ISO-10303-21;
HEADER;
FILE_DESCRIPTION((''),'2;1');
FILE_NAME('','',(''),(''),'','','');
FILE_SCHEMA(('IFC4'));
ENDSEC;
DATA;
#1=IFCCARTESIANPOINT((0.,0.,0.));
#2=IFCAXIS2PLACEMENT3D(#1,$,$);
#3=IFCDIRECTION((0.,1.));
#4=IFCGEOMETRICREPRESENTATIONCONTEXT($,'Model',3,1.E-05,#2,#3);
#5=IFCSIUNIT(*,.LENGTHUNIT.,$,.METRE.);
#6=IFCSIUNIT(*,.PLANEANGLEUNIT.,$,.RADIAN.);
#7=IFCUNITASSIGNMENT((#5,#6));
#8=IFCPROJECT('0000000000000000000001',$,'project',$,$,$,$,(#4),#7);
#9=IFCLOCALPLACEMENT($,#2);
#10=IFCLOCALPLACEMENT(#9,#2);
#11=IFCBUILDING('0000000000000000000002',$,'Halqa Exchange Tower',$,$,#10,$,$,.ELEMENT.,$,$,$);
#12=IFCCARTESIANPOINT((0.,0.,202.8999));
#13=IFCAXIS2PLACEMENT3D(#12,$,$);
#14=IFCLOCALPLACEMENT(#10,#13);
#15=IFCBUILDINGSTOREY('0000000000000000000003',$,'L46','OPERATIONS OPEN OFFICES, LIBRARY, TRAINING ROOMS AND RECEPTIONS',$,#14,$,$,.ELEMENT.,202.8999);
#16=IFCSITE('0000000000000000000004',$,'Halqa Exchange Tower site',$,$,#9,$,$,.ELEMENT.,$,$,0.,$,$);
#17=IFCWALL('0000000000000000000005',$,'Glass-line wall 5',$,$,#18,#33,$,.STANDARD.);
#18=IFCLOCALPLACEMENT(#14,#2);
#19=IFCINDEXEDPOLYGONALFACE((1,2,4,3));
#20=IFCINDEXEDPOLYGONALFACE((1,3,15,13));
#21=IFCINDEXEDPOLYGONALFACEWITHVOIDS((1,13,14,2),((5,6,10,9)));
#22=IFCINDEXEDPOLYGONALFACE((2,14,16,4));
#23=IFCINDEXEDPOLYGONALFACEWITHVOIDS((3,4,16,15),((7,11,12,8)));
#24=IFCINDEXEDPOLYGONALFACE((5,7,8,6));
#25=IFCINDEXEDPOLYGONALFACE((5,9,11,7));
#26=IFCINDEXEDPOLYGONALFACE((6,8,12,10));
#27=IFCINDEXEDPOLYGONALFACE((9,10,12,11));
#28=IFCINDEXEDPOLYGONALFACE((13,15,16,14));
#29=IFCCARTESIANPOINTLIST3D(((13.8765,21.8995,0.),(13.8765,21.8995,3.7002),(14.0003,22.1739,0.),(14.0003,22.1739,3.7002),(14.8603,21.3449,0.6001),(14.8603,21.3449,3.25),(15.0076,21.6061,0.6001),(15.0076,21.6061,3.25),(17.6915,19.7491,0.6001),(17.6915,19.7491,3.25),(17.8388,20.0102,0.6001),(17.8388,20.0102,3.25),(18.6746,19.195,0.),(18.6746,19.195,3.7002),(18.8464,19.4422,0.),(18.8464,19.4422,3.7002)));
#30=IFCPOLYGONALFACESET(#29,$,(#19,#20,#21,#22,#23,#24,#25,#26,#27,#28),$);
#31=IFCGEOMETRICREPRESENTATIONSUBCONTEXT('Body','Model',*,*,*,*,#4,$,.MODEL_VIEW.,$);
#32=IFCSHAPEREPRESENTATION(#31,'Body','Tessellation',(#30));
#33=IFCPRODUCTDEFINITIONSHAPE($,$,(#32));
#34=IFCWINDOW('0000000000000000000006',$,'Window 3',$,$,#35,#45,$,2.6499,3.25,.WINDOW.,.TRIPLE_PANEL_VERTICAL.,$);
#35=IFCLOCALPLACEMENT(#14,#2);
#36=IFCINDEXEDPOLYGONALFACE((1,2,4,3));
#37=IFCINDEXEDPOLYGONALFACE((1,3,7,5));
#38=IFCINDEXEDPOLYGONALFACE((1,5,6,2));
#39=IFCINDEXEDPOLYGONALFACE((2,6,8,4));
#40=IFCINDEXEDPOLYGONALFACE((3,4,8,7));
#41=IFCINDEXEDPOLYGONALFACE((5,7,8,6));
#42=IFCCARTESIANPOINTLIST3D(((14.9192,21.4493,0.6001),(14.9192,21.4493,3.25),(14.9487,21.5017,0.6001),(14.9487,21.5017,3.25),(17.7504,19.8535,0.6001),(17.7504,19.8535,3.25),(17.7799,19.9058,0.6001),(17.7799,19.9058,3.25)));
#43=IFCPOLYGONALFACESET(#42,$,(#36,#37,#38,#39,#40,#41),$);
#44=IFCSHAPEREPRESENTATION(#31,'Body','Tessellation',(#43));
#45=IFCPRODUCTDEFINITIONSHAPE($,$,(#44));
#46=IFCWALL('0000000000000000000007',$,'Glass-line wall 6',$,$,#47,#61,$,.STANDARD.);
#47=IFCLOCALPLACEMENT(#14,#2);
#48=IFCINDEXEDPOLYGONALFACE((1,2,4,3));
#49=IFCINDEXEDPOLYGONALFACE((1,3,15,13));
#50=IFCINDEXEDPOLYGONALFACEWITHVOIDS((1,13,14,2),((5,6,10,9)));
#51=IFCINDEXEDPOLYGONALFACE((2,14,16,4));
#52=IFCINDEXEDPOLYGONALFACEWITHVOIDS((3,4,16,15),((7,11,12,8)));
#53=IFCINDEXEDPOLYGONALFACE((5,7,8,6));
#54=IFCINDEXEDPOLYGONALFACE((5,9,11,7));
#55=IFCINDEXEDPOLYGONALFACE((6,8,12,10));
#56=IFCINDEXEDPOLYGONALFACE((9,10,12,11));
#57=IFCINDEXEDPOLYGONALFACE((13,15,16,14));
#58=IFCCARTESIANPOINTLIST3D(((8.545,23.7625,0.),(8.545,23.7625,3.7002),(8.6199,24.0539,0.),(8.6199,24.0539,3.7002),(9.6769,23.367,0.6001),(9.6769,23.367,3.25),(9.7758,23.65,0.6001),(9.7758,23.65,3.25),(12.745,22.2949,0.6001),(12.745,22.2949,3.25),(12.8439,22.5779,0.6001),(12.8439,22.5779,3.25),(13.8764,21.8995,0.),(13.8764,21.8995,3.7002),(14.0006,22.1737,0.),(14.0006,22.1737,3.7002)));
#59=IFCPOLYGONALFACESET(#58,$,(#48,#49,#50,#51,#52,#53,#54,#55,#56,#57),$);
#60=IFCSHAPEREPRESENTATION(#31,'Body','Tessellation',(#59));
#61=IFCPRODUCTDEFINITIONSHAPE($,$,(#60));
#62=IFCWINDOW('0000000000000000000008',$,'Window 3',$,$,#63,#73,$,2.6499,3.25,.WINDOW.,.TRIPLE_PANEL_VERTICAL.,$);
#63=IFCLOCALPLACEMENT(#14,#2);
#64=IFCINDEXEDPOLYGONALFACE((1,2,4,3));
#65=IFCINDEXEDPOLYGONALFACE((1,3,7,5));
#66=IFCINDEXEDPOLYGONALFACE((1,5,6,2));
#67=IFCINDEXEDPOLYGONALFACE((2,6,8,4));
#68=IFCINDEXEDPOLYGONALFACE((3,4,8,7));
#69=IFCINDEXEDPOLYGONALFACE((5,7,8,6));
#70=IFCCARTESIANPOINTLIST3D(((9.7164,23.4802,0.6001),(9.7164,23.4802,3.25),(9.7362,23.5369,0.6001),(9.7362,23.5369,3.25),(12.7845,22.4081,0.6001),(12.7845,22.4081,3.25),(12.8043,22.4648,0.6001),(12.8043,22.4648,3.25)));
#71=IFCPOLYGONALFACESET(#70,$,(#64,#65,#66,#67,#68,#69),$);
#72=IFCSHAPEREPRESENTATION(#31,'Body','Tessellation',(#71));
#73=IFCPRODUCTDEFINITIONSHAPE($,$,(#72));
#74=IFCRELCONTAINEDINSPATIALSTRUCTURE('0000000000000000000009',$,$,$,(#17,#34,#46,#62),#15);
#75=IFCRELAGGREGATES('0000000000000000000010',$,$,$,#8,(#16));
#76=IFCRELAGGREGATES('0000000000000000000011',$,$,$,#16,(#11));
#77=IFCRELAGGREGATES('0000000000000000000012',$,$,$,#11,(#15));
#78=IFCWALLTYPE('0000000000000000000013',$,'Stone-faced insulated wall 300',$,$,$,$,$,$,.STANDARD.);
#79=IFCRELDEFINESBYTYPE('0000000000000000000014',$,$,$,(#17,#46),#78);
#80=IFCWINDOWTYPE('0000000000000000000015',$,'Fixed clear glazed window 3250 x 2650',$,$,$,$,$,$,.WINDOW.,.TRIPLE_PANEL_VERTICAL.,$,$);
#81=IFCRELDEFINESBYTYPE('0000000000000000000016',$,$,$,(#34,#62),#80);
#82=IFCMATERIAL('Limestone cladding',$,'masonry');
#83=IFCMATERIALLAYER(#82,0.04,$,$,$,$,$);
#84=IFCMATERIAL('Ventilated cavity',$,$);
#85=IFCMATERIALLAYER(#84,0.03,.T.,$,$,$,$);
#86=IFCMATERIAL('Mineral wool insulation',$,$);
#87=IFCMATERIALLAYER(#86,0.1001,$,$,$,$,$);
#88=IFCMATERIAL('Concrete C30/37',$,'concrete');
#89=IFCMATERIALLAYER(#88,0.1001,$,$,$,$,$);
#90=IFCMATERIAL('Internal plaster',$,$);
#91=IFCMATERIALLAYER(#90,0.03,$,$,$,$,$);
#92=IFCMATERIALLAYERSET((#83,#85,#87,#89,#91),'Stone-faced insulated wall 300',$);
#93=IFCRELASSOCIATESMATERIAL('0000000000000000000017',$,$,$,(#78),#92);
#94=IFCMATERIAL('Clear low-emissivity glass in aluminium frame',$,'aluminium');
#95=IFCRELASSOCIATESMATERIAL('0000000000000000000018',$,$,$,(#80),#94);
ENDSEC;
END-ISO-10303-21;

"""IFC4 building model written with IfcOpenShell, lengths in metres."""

from ifc_helpers import new_model, si_unit, direction, frame, frame_2d, origin, place, context, subcontext, project, spatial, polyline, rectangle, outline, extrude, material, layer, layer_set, type_object, element, fill, save


model = new_model("IFC4")

# Units and contexts
model_context = context("Model", 3, precision=1e-05, world=origin(), true_north=direction((0.0, 1.0)))
body_context = subcontext(model_context, "Body", "Model", "MODEL_VIEW")
ifc_project = project(units=[si_unit("LENGTHUNIT", "METRE"), si_unit("PLANEANGLEUNIT", "RADIAN")], contexts=[model_context])

# Site, building, storey
site_placement = place(None, origin())
site = spatial("IfcSite", under=ifc_project, at=site_placement, Name="Halqa Exchange Tower site", CompositionType="ELEMENT", RefElevation=0.0)
building_placement = place(site_placement, origin())
building = spatial("IfcBuilding", under=site, at=building_placement, Name="Halqa Exchange Tower", CompositionType="ELEMENT")
storey_placement = place(building_placement, frame((0.0, 0.0, 202.8999)))
storey = spatial("IfcBuildingStorey", under=building, at=storey_placement, Name="L46", Description="OPERATIONS OPEN OFFICES, LIBRARY, TRAINING ROOMS AND RECEPTIONS", CompositionType="ELEMENT", Elevation=202.8999)

# Shared definitions
ifc_material_1 = material(Name="Limestone cladding", Category="masonry")
ifc_layer_1 = layer(ifc_material_1, 0.04)
ifc_material_2 = material(Name="Ventilated cavity")
ifc_layer_2 = layer(ifc_material_2, 0.03, ventilated=True)
ifc_material_3 = material(Name="Mineral wool insulation")
ifc_layer_3 = layer(ifc_material_3, 0.1001)
ifc_material_4 = material(Name="Concrete C30/37", Category="concrete")
ifc_layer_4 = layer(ifc_material_4, 0.1001)
ifc_material_5 = material(Name="Internal plaster")
ifc_layer_5 = layer(ifc_material_5, 0.03)
ifc_layer_set = layer_set([ifc_layer_1, ifc_layer_2, ifc_layer_3, ifc_layer_4, ifc_layer_5], Name="Stone-faced insulated wall 300")
wall_type = type_object("IfcWallType", Name="Stone-faced insulated wall 300", PredefinedType="STANDARD", material=ifc_layer_set)
ifc_material_6 = material(Name="Clear low-emissivity glass in aluminium frame", Category="aluminium")

# Walls, openings, windows
wall_1_placement = place(storey_placement, frame((18.7605, 19.3186, 0.0), z_axis=(0.0, 0.0, 1.0), x_axis=(-0.871141, 0.491034, 0.0)))
wall_1 = element("IfcWall", 1, at=wall_1_placement, inside=storey, type_object=wall_type, Name="Glass-line wall 5", PredefinedType="STANDARD", context=body_context, shape_type="SweptSolid", body=[
    extrude(outline(polyline([(-0.0142, -0.1499), (5.5488, -0.1499), (5.522, 0.1499), (0.0142, 0.1499), (-0.0142, -0.1499)])), origin(), (0.0, 0.0, 1.0), 3.7002),
])
opening_1_placement = place(wall_1_placement, frame((1.1426, 0.0, 0.6001)))
opening_1 = element("IfcOpeningElement", 2, at=opening_1_placement, cuts=wall_1, PredefinedType="OPENING", context=body_context, shape_type="SweptSolid", body=[
    extrude(rectangle(XDim=3.25, YDim=2.6499, at=frame_2d((1.625, 1.325))), frame((0.0, 0.1621, 0.0), z_axis=(0.0, -1.0, 0.0), x_axis=(1.0, 0.0, 0.0)), (0.0, 0.0, 1.0), 0.324),
])
window_type = type_object("IfcWindowType", Name="Fixed clear glazed window 3250 x 2650", PartitioningType="TRIPLE_PANEL_VERTICAL", PredefinedType="WINDOW", material=ifc_material_6)
window_1_placement = place(opening_1_placement, origin())
window_1 = element("IfcWindow", 3, at=window_1_placement, inside=storey, type_object=window_type, Name="Window 3", OverallHeight=2.6499, OverallWidth=3.25, PartitioningType="TRIPLE_PANEL_VERTICAL", PredefinedType="WINDOW", context=body_context, shape_type="SweptSolid", body=[
    extrude(rectangle(XDim=3.25, YDim=2.6499, at=frame_2d((1.625, 1.325))), frame((0.0, 0.03, 0.0), z_axis=(0.0, -1.0, 0.0), x_axis=(1.0, 0.0, 0.0)), (0.0, 0.0, 1.0), 0.0601),
])
fill(opening_1, window_1)
wall_2_placement = place(storey_placement, frame((13.9385, 22.0366, 0.0), z_axis=(0.0, 0.0, 1.0), x_axis=(-0.944023, 0.329879, 0.0)))
wall_2 = element("IfcWall", 4, at=wall_2_placement, inside=storey, type_object=wall_type, Name="Glass-line wall 6", PredefinedType="STANDARD", context=body_context, shape_type="SweptSolid", body=[
    extrude(outline(polyline([(-0.0134, -0.1499), (5.6863, -0.1499), (5.6609, 0.1499), (0.0134, 0.1499), (-0.0134, -0.1499)])), origin(), (0.0, 0.0, 1.0), 3.7002),
])
opening_2_placement = place(wall_2_placement, frame((1.2119, 0.0, 0.6001)))
opening_2 = element("IfcOpeningElement", 5, at=opening_2_placement, cuts=wall_2, PredefinedType="OPENING", context=body_context, shape_type="SweptSolid", body=[
    extrude(rectangle(XDim=3.25, YDim=2.6499, at=frame_2d((1.625, 1.325))), frame((0.0, 0.1621, 0.0), z_axis=(0.0, -1.0, 0.0), x_axis=(1.0, 0.0, 0.0)), (0.0, 0.0, 1.0), 0.324),
])
window_2_placement = place(opening_2_placement, origin())
window_2 = element("IfcWindow", 6, at=window_2_placement, inside=storey, type_object=window_type, Name="Window 3", OverallHeight=2.6499, OverallWidth=3.25, PartitioningType="TRIPLE_PANEL_VERTICAL", PredefinedType="WINDOW", context=body_context, shape_type="SweptSolid", body=[
    extrude(rectangle(XDim=3.25, YDim=2.6499, at=frame_2d((1.625, 1.325))), frame((0.0, 0.03, 0.0), z_axis=(0.0, -1.0, 0.0), x_axis=(1.0, 0.0, 0.0)), (0.0, 0.0, 1.0), 0.0601),
])
fill(opening_2, window_2)

save(model, "model.ifc")
